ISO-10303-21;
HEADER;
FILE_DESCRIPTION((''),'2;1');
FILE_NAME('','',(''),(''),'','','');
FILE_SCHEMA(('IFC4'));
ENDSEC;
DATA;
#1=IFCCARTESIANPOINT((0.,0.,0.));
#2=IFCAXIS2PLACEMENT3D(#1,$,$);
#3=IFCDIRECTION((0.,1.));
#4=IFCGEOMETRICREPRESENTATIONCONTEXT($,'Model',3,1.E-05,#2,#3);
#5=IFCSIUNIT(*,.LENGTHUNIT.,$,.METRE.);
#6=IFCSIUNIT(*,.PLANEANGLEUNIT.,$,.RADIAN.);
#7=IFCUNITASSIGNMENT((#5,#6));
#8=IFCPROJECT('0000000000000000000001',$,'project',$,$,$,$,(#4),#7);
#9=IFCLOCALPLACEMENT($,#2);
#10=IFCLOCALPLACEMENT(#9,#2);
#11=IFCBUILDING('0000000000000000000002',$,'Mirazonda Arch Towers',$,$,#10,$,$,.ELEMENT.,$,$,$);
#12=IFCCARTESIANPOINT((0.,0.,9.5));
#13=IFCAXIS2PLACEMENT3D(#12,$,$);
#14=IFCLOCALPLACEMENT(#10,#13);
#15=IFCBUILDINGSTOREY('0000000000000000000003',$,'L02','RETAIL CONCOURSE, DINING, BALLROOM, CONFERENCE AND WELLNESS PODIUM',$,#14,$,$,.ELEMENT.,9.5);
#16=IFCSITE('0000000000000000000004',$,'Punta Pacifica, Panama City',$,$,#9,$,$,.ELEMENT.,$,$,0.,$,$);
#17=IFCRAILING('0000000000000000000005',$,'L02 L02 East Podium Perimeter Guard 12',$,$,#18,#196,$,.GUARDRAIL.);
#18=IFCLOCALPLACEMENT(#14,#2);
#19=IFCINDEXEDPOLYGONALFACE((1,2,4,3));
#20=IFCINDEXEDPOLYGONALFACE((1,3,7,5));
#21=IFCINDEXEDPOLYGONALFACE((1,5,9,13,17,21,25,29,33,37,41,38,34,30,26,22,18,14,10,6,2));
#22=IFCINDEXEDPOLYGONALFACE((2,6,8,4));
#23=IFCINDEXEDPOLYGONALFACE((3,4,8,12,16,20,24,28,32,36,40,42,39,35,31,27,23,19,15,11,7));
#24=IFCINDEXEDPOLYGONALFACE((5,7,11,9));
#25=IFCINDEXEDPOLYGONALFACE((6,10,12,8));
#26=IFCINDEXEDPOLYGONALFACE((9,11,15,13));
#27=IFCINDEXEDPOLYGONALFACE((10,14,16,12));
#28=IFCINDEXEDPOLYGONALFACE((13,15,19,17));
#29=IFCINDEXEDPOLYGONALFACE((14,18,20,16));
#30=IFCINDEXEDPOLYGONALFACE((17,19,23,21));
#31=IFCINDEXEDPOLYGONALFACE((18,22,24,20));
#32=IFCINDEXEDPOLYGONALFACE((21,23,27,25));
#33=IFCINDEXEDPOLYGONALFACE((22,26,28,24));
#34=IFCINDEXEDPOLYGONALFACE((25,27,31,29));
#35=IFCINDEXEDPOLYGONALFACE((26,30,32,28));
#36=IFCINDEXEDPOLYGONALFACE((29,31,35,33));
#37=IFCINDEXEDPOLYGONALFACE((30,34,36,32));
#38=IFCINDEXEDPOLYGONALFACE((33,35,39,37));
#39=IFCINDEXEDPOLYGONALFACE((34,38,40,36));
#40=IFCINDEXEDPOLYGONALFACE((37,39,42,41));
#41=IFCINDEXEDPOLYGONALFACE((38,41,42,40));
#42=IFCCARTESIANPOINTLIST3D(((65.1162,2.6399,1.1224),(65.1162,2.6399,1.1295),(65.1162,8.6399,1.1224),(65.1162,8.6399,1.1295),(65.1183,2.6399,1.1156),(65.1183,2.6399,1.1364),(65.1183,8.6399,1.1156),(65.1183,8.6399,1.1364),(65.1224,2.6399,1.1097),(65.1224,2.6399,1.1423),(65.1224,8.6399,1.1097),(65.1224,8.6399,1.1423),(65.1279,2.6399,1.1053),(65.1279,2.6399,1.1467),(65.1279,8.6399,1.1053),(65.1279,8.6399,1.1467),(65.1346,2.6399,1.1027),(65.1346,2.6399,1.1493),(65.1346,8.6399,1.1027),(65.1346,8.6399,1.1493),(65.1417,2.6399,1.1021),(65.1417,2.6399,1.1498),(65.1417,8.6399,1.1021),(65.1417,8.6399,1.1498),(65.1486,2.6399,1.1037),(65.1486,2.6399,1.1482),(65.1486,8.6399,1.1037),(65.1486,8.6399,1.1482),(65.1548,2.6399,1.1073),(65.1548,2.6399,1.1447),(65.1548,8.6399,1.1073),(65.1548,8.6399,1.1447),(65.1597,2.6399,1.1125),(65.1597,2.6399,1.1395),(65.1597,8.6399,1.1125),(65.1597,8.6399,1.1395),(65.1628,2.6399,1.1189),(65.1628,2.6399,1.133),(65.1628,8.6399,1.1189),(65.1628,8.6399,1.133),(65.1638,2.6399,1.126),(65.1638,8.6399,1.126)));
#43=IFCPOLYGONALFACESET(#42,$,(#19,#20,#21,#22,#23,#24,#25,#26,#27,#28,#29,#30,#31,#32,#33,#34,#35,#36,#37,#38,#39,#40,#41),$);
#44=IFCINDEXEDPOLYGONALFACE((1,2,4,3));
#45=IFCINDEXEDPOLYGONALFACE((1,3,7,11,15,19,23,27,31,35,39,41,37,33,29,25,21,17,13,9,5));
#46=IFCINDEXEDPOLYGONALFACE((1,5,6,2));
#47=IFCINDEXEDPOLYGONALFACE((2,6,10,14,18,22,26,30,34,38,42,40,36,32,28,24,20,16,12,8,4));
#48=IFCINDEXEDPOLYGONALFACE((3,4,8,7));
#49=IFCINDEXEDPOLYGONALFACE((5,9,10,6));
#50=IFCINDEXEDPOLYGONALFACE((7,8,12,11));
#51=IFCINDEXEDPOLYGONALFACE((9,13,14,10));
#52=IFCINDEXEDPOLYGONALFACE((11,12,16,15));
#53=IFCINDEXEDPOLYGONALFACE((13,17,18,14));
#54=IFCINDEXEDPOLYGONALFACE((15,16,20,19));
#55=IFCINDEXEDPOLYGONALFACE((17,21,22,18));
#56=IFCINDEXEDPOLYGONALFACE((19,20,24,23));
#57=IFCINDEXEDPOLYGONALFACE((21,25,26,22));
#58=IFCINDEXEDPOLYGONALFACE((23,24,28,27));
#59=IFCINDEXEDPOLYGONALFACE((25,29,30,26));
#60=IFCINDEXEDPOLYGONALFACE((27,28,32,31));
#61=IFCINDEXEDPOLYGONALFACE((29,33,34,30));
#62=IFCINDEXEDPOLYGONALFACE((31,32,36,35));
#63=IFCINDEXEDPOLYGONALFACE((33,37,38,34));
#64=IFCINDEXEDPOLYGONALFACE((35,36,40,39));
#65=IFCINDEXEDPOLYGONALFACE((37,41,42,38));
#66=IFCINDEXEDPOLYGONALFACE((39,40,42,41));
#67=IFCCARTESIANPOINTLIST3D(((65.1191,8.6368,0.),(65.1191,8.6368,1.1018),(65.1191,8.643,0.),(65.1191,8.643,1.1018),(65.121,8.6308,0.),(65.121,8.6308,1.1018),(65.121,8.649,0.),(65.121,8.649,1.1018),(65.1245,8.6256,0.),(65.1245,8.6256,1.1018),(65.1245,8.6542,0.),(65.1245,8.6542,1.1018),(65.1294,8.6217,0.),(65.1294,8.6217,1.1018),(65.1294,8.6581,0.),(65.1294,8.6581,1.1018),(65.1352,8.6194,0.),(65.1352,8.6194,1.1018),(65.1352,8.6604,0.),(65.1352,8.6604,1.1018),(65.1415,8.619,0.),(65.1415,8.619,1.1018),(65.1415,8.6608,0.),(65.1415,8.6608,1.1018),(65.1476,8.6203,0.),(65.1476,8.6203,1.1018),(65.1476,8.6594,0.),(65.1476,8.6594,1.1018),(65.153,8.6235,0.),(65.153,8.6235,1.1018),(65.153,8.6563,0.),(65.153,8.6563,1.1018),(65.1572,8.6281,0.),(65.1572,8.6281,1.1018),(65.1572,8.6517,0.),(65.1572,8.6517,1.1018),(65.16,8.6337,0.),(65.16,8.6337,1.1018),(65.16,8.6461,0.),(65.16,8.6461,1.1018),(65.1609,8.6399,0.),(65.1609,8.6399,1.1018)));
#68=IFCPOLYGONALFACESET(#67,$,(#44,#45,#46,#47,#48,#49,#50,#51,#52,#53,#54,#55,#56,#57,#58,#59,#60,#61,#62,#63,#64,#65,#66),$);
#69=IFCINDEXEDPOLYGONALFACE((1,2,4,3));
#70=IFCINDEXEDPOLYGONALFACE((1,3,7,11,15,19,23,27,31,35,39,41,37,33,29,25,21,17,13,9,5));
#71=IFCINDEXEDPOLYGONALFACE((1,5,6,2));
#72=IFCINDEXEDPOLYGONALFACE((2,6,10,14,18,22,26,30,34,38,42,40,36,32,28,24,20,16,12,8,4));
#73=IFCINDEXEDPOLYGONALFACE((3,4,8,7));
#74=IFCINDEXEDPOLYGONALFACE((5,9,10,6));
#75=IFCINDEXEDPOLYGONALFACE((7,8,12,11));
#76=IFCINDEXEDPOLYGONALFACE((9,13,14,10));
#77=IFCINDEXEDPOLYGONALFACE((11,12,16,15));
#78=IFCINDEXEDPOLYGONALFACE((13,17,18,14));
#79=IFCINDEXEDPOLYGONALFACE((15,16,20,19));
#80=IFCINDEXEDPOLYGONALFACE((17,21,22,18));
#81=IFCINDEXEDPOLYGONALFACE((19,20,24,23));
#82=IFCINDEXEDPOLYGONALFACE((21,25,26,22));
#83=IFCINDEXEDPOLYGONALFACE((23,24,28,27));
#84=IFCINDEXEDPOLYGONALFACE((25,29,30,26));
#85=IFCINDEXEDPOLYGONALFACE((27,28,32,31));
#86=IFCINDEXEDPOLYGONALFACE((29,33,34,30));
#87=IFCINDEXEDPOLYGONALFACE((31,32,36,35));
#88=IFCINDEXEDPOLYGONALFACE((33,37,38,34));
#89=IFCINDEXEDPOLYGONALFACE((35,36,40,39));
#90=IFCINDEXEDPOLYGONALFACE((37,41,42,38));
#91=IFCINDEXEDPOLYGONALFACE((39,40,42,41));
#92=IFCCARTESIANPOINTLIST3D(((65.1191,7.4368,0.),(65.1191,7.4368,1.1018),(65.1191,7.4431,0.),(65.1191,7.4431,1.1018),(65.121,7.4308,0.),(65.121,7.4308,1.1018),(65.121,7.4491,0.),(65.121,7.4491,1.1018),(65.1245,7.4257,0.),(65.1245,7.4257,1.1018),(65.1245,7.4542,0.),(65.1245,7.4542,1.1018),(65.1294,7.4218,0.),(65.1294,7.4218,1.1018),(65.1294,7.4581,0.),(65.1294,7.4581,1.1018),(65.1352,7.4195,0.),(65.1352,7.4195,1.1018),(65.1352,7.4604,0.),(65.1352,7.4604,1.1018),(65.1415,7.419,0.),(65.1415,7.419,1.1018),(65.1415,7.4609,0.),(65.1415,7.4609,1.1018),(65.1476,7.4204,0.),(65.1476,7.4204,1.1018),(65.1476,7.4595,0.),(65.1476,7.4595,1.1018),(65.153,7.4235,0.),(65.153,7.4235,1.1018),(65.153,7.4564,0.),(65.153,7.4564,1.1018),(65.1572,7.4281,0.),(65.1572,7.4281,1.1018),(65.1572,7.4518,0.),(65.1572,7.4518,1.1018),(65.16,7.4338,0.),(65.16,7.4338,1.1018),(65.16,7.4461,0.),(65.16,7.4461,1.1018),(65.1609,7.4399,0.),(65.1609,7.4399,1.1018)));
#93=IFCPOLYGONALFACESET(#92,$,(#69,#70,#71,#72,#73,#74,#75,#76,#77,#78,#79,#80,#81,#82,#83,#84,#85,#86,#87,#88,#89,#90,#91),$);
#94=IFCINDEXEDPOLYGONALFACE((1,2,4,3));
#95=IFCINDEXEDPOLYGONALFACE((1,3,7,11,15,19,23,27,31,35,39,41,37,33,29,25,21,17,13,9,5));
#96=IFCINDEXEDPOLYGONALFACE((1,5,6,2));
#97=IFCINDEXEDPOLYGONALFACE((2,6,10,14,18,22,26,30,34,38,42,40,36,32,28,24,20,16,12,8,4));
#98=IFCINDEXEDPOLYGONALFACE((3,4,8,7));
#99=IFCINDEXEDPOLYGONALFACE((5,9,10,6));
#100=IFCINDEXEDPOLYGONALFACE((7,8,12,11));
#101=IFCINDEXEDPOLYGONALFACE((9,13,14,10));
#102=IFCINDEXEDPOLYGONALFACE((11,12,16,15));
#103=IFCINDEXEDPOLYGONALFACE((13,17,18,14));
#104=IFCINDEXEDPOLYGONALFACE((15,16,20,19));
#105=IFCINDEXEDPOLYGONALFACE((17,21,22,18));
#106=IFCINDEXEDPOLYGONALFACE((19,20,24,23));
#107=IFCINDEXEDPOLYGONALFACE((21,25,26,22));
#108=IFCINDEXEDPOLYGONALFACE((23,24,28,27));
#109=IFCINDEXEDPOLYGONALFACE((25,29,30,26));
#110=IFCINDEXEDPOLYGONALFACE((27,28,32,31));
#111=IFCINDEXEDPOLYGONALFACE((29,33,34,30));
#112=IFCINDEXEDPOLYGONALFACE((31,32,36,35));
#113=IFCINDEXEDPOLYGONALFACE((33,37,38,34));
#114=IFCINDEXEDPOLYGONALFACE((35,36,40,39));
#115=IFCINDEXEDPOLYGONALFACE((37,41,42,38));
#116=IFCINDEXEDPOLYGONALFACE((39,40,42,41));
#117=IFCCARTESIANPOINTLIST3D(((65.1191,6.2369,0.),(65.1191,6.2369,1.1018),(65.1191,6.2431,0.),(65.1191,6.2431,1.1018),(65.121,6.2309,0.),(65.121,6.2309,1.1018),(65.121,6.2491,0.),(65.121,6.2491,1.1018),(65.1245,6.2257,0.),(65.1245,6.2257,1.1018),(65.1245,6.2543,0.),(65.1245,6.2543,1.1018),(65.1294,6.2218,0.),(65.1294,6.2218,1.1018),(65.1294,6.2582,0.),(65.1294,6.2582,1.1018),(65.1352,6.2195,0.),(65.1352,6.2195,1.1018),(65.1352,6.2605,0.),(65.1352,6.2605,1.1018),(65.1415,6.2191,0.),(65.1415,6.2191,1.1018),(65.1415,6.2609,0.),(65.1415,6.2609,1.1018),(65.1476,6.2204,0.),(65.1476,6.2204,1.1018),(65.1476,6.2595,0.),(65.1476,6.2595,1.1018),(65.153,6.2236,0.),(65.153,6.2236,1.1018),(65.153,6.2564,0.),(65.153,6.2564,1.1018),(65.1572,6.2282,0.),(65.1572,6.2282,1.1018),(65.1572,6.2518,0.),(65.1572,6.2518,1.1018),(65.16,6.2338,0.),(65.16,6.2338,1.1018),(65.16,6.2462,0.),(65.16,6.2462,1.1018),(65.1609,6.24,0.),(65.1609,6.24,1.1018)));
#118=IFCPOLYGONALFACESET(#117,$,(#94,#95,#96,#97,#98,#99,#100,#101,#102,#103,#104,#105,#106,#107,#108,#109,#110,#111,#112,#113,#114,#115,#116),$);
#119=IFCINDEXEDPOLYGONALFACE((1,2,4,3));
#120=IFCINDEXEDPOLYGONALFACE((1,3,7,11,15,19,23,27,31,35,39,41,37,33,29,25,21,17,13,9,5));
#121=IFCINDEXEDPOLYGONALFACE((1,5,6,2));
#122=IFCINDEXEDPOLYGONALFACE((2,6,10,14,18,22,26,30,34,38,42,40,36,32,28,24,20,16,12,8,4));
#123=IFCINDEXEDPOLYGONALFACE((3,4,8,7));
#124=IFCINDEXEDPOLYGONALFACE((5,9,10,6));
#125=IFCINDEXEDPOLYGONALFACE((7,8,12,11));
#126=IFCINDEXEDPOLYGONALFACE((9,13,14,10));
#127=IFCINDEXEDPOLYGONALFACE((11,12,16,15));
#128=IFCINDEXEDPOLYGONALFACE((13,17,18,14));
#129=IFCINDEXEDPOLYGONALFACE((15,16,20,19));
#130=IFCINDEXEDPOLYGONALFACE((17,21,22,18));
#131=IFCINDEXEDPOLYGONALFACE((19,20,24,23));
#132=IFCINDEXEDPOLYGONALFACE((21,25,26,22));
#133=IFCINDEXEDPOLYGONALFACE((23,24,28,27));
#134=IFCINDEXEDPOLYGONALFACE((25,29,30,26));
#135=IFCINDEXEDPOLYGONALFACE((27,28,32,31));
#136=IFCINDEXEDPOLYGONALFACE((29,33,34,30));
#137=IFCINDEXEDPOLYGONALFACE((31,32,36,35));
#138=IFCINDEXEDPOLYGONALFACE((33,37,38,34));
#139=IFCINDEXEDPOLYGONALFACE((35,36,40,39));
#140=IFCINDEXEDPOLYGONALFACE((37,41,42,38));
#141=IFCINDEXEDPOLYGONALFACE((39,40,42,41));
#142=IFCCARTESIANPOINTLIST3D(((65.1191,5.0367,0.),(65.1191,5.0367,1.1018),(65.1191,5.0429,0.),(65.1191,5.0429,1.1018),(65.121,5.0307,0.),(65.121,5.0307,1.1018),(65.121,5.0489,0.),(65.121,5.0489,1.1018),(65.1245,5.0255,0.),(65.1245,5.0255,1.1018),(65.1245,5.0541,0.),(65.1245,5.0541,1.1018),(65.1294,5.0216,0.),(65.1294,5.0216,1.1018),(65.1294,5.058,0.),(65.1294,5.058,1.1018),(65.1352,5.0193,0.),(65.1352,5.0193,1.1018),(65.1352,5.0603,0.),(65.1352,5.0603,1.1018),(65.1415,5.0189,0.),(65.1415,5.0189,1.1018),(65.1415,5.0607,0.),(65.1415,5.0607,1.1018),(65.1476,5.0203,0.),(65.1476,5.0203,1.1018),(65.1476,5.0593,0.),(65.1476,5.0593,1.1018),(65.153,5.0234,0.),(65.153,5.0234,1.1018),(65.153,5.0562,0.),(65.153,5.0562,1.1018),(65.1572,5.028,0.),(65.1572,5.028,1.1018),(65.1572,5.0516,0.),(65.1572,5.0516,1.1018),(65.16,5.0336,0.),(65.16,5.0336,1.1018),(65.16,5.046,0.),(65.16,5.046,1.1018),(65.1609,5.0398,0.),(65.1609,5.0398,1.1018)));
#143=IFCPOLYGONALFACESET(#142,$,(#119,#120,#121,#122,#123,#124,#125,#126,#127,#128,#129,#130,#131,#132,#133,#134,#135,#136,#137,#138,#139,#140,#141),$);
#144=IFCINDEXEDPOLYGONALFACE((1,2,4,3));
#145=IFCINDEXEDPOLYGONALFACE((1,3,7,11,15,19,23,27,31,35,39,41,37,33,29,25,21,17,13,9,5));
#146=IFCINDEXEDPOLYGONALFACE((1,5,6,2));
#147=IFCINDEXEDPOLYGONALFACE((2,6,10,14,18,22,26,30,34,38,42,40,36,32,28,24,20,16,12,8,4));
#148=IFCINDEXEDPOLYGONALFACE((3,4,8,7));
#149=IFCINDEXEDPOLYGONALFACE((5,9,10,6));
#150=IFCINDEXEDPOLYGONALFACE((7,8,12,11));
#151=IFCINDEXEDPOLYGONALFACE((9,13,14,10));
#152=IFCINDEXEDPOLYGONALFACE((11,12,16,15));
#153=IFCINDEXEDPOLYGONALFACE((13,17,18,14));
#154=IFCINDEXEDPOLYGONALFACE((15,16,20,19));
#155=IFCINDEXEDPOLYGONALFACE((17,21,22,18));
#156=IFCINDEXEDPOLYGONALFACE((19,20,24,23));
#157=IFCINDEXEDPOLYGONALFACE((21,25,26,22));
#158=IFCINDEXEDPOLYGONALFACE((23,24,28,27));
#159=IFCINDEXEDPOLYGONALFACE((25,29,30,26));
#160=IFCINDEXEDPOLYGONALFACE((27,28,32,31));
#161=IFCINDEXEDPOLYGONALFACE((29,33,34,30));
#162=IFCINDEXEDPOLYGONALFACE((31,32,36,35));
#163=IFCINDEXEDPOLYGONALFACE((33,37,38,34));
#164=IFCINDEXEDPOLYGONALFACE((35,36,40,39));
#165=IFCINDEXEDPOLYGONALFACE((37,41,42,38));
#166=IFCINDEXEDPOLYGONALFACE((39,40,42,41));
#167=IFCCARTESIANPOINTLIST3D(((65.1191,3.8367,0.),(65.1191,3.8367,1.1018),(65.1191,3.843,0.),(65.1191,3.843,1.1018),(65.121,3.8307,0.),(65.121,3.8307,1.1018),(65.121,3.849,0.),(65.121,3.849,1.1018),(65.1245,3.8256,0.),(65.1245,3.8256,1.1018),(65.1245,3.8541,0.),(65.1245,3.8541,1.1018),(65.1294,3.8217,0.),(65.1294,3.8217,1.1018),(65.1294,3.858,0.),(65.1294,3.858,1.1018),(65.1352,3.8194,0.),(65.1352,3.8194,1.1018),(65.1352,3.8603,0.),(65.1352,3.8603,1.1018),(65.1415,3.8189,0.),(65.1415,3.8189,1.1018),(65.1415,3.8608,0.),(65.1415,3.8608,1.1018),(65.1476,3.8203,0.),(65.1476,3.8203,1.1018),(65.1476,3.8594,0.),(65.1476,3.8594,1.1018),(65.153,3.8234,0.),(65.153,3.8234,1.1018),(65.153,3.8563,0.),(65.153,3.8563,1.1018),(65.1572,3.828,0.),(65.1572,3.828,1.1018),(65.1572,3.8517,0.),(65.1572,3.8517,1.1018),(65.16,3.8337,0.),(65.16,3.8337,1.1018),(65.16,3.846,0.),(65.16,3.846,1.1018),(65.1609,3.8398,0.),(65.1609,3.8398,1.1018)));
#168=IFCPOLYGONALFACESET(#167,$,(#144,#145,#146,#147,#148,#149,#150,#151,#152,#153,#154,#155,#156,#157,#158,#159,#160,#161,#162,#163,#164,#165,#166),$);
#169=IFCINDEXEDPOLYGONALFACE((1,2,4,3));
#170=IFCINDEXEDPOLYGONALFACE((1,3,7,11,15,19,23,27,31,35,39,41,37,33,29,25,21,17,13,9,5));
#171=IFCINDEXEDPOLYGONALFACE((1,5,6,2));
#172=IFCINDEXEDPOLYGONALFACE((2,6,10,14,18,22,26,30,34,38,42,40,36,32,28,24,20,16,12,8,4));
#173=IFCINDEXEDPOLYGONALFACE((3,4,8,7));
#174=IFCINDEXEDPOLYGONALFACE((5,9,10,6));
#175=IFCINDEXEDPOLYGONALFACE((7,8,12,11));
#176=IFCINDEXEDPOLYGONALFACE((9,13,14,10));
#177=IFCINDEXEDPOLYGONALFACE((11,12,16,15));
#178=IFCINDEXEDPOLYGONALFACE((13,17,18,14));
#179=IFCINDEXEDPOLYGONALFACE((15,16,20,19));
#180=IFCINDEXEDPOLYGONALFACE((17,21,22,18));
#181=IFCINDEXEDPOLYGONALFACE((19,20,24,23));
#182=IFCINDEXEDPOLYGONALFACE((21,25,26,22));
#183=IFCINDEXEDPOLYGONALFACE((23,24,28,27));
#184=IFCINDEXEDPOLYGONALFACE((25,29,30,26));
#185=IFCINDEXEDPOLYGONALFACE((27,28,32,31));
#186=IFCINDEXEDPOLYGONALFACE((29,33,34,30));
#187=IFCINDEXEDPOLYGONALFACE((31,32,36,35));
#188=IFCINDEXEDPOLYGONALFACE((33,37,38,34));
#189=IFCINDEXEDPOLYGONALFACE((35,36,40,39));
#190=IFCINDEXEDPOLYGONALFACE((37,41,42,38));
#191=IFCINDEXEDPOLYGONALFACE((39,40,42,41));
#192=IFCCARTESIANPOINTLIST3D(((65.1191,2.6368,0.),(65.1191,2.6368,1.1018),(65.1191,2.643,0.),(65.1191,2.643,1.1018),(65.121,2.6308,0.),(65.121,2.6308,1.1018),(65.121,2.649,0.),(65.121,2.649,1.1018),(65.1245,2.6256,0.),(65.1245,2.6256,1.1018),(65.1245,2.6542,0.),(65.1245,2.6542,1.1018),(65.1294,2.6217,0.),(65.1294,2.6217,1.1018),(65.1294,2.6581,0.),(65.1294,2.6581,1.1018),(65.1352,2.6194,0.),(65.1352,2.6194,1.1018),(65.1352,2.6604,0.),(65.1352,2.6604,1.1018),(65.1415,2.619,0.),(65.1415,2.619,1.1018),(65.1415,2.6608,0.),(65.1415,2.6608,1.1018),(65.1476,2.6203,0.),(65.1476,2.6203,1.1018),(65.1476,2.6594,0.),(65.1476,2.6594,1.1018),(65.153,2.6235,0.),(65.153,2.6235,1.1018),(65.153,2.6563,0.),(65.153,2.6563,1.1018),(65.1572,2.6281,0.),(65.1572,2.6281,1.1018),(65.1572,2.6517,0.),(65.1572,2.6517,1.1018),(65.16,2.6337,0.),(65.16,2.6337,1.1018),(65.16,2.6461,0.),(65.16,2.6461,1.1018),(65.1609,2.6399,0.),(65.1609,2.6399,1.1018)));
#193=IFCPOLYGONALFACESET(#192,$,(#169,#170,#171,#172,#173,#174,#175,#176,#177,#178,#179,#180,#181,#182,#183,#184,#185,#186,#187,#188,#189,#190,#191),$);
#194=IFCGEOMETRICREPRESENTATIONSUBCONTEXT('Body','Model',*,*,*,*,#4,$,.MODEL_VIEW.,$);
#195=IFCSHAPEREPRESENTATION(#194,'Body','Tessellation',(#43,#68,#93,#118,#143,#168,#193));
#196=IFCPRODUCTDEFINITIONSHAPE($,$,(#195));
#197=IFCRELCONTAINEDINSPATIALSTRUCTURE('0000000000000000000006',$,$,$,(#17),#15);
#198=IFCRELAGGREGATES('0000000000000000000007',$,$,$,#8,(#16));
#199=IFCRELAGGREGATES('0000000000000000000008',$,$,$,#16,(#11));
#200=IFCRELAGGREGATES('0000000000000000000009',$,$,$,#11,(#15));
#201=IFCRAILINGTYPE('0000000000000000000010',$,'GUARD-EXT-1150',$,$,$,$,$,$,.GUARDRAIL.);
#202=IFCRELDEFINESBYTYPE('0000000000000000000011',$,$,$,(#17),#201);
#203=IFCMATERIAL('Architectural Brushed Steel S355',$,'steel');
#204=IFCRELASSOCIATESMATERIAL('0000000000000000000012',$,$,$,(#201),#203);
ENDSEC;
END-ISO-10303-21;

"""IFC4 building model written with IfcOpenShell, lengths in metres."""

from ifc_helpers import new_model, si_unit, direction, frame, origin, origin_2d, place, context, subcontext, project, spatial, circle, extrude, material, type_object, element, save


model = new_model("IFC4")

# Units and contexts
model_context = context("Model", 3, precision=1e-05, world=origin(), true_north=direction((0.0, 1.0)))
body_context = subcontext(model_context, "Body", "Model", "MODEL_VIEW")
ifc_project = project(units=[si_unit("LENGTHUNIT", "METRE"), si_unit("PLANEANGLEUNIT", "RADIAN")], contexts=[model_context])

# Site, building, storey
site_placement = place(None, origin())
site = spatial("IfcSite", under=ifc_project, at=site_placement, Name="Punta Pacifica, Panama City", CompositionType="ELEMENT", RefElevation=0.0)
building_placement = place(site_placement, origin())
building = spatial("IfcBuilding", under=site, at=building_placement, Name="Mirazonda Arch Towers", CompositionType="ELEMENT")
storey_placement = place(building_placement, frame((0.0, 0.0, 9.5)))
storey = spatial("IfcBuildingStorey", under=building, at=storey_placement, Name="L02", Description="RETAIL CONCOURSE, DINING, BALLROOM, CONFERENCE AND WELLNESS PODIUM", CompositionType="ELEMENT", Elevation=9.5)

# Shared definitions
ifc_material_1 = material(Name="Architectural Brushed Steel S355", Category="steel")

# Railing
railing_type = type_object("IfcRailingType", Name="GUARD-EXT-1150", PredefinedType="GUARDRAIL", material=ifc_material_1)
railing_1_placement = place(storey_placement, frame((65.1399, 8.6399, 0.0)))
element("IfcRailing", 1, at=railing_1_placement, inside=storey, type_object=railing_type, Name="L02 L02 East Podium Perimeter Guard 12", PredefinedType="GUARDRAIL", context=body_context, shape_type="SweptSolid", body=[
    extrude(circle(Radius=0.0239, at=origin_2d()), frame((0.0, 0.0, 1.126), z_axis=(0.0, -1.0, 0.0), x_axis=(1.0, 0.0, 0.0)), (0.0, 0.0, 1.0), 6.0),
    extrude(circle(Radius=0.021, at=origin_2d()), origin(), (0.0, 0.0, 1.0), 1.1018),
    extrude(circle(Radius=0.021, at=origin_2d()), frame((0.0, -1.2, 0.0)), (0.0, 0.0, 1.0), 1.1018),
    extrude(circle(Radius=0.021, at=origin_2d()), frame((0.0, -2.3999, 0.0)), (0.0, 0.0, 1.0), 1.1018),
    extrude(circle(Radius=0.021, at=origin_2d()), frame((0.0, -3.6001, 0.0)), (0.0, 0.0, 1.0), 1.1018),
    extrude(circle(Radius=0.021, at=origin_2d()), frame((0.0, -4.8, 0.0)), (0.0, 0.0, 1.0), 1.1018),
    extrude(circle(Radius=0.021, at=origin_2d()), frame((0.0, -6.0, 0.0)), (0.0, 0.0, 1.0), 1.1018),
])

save(model, "model.ifc")
